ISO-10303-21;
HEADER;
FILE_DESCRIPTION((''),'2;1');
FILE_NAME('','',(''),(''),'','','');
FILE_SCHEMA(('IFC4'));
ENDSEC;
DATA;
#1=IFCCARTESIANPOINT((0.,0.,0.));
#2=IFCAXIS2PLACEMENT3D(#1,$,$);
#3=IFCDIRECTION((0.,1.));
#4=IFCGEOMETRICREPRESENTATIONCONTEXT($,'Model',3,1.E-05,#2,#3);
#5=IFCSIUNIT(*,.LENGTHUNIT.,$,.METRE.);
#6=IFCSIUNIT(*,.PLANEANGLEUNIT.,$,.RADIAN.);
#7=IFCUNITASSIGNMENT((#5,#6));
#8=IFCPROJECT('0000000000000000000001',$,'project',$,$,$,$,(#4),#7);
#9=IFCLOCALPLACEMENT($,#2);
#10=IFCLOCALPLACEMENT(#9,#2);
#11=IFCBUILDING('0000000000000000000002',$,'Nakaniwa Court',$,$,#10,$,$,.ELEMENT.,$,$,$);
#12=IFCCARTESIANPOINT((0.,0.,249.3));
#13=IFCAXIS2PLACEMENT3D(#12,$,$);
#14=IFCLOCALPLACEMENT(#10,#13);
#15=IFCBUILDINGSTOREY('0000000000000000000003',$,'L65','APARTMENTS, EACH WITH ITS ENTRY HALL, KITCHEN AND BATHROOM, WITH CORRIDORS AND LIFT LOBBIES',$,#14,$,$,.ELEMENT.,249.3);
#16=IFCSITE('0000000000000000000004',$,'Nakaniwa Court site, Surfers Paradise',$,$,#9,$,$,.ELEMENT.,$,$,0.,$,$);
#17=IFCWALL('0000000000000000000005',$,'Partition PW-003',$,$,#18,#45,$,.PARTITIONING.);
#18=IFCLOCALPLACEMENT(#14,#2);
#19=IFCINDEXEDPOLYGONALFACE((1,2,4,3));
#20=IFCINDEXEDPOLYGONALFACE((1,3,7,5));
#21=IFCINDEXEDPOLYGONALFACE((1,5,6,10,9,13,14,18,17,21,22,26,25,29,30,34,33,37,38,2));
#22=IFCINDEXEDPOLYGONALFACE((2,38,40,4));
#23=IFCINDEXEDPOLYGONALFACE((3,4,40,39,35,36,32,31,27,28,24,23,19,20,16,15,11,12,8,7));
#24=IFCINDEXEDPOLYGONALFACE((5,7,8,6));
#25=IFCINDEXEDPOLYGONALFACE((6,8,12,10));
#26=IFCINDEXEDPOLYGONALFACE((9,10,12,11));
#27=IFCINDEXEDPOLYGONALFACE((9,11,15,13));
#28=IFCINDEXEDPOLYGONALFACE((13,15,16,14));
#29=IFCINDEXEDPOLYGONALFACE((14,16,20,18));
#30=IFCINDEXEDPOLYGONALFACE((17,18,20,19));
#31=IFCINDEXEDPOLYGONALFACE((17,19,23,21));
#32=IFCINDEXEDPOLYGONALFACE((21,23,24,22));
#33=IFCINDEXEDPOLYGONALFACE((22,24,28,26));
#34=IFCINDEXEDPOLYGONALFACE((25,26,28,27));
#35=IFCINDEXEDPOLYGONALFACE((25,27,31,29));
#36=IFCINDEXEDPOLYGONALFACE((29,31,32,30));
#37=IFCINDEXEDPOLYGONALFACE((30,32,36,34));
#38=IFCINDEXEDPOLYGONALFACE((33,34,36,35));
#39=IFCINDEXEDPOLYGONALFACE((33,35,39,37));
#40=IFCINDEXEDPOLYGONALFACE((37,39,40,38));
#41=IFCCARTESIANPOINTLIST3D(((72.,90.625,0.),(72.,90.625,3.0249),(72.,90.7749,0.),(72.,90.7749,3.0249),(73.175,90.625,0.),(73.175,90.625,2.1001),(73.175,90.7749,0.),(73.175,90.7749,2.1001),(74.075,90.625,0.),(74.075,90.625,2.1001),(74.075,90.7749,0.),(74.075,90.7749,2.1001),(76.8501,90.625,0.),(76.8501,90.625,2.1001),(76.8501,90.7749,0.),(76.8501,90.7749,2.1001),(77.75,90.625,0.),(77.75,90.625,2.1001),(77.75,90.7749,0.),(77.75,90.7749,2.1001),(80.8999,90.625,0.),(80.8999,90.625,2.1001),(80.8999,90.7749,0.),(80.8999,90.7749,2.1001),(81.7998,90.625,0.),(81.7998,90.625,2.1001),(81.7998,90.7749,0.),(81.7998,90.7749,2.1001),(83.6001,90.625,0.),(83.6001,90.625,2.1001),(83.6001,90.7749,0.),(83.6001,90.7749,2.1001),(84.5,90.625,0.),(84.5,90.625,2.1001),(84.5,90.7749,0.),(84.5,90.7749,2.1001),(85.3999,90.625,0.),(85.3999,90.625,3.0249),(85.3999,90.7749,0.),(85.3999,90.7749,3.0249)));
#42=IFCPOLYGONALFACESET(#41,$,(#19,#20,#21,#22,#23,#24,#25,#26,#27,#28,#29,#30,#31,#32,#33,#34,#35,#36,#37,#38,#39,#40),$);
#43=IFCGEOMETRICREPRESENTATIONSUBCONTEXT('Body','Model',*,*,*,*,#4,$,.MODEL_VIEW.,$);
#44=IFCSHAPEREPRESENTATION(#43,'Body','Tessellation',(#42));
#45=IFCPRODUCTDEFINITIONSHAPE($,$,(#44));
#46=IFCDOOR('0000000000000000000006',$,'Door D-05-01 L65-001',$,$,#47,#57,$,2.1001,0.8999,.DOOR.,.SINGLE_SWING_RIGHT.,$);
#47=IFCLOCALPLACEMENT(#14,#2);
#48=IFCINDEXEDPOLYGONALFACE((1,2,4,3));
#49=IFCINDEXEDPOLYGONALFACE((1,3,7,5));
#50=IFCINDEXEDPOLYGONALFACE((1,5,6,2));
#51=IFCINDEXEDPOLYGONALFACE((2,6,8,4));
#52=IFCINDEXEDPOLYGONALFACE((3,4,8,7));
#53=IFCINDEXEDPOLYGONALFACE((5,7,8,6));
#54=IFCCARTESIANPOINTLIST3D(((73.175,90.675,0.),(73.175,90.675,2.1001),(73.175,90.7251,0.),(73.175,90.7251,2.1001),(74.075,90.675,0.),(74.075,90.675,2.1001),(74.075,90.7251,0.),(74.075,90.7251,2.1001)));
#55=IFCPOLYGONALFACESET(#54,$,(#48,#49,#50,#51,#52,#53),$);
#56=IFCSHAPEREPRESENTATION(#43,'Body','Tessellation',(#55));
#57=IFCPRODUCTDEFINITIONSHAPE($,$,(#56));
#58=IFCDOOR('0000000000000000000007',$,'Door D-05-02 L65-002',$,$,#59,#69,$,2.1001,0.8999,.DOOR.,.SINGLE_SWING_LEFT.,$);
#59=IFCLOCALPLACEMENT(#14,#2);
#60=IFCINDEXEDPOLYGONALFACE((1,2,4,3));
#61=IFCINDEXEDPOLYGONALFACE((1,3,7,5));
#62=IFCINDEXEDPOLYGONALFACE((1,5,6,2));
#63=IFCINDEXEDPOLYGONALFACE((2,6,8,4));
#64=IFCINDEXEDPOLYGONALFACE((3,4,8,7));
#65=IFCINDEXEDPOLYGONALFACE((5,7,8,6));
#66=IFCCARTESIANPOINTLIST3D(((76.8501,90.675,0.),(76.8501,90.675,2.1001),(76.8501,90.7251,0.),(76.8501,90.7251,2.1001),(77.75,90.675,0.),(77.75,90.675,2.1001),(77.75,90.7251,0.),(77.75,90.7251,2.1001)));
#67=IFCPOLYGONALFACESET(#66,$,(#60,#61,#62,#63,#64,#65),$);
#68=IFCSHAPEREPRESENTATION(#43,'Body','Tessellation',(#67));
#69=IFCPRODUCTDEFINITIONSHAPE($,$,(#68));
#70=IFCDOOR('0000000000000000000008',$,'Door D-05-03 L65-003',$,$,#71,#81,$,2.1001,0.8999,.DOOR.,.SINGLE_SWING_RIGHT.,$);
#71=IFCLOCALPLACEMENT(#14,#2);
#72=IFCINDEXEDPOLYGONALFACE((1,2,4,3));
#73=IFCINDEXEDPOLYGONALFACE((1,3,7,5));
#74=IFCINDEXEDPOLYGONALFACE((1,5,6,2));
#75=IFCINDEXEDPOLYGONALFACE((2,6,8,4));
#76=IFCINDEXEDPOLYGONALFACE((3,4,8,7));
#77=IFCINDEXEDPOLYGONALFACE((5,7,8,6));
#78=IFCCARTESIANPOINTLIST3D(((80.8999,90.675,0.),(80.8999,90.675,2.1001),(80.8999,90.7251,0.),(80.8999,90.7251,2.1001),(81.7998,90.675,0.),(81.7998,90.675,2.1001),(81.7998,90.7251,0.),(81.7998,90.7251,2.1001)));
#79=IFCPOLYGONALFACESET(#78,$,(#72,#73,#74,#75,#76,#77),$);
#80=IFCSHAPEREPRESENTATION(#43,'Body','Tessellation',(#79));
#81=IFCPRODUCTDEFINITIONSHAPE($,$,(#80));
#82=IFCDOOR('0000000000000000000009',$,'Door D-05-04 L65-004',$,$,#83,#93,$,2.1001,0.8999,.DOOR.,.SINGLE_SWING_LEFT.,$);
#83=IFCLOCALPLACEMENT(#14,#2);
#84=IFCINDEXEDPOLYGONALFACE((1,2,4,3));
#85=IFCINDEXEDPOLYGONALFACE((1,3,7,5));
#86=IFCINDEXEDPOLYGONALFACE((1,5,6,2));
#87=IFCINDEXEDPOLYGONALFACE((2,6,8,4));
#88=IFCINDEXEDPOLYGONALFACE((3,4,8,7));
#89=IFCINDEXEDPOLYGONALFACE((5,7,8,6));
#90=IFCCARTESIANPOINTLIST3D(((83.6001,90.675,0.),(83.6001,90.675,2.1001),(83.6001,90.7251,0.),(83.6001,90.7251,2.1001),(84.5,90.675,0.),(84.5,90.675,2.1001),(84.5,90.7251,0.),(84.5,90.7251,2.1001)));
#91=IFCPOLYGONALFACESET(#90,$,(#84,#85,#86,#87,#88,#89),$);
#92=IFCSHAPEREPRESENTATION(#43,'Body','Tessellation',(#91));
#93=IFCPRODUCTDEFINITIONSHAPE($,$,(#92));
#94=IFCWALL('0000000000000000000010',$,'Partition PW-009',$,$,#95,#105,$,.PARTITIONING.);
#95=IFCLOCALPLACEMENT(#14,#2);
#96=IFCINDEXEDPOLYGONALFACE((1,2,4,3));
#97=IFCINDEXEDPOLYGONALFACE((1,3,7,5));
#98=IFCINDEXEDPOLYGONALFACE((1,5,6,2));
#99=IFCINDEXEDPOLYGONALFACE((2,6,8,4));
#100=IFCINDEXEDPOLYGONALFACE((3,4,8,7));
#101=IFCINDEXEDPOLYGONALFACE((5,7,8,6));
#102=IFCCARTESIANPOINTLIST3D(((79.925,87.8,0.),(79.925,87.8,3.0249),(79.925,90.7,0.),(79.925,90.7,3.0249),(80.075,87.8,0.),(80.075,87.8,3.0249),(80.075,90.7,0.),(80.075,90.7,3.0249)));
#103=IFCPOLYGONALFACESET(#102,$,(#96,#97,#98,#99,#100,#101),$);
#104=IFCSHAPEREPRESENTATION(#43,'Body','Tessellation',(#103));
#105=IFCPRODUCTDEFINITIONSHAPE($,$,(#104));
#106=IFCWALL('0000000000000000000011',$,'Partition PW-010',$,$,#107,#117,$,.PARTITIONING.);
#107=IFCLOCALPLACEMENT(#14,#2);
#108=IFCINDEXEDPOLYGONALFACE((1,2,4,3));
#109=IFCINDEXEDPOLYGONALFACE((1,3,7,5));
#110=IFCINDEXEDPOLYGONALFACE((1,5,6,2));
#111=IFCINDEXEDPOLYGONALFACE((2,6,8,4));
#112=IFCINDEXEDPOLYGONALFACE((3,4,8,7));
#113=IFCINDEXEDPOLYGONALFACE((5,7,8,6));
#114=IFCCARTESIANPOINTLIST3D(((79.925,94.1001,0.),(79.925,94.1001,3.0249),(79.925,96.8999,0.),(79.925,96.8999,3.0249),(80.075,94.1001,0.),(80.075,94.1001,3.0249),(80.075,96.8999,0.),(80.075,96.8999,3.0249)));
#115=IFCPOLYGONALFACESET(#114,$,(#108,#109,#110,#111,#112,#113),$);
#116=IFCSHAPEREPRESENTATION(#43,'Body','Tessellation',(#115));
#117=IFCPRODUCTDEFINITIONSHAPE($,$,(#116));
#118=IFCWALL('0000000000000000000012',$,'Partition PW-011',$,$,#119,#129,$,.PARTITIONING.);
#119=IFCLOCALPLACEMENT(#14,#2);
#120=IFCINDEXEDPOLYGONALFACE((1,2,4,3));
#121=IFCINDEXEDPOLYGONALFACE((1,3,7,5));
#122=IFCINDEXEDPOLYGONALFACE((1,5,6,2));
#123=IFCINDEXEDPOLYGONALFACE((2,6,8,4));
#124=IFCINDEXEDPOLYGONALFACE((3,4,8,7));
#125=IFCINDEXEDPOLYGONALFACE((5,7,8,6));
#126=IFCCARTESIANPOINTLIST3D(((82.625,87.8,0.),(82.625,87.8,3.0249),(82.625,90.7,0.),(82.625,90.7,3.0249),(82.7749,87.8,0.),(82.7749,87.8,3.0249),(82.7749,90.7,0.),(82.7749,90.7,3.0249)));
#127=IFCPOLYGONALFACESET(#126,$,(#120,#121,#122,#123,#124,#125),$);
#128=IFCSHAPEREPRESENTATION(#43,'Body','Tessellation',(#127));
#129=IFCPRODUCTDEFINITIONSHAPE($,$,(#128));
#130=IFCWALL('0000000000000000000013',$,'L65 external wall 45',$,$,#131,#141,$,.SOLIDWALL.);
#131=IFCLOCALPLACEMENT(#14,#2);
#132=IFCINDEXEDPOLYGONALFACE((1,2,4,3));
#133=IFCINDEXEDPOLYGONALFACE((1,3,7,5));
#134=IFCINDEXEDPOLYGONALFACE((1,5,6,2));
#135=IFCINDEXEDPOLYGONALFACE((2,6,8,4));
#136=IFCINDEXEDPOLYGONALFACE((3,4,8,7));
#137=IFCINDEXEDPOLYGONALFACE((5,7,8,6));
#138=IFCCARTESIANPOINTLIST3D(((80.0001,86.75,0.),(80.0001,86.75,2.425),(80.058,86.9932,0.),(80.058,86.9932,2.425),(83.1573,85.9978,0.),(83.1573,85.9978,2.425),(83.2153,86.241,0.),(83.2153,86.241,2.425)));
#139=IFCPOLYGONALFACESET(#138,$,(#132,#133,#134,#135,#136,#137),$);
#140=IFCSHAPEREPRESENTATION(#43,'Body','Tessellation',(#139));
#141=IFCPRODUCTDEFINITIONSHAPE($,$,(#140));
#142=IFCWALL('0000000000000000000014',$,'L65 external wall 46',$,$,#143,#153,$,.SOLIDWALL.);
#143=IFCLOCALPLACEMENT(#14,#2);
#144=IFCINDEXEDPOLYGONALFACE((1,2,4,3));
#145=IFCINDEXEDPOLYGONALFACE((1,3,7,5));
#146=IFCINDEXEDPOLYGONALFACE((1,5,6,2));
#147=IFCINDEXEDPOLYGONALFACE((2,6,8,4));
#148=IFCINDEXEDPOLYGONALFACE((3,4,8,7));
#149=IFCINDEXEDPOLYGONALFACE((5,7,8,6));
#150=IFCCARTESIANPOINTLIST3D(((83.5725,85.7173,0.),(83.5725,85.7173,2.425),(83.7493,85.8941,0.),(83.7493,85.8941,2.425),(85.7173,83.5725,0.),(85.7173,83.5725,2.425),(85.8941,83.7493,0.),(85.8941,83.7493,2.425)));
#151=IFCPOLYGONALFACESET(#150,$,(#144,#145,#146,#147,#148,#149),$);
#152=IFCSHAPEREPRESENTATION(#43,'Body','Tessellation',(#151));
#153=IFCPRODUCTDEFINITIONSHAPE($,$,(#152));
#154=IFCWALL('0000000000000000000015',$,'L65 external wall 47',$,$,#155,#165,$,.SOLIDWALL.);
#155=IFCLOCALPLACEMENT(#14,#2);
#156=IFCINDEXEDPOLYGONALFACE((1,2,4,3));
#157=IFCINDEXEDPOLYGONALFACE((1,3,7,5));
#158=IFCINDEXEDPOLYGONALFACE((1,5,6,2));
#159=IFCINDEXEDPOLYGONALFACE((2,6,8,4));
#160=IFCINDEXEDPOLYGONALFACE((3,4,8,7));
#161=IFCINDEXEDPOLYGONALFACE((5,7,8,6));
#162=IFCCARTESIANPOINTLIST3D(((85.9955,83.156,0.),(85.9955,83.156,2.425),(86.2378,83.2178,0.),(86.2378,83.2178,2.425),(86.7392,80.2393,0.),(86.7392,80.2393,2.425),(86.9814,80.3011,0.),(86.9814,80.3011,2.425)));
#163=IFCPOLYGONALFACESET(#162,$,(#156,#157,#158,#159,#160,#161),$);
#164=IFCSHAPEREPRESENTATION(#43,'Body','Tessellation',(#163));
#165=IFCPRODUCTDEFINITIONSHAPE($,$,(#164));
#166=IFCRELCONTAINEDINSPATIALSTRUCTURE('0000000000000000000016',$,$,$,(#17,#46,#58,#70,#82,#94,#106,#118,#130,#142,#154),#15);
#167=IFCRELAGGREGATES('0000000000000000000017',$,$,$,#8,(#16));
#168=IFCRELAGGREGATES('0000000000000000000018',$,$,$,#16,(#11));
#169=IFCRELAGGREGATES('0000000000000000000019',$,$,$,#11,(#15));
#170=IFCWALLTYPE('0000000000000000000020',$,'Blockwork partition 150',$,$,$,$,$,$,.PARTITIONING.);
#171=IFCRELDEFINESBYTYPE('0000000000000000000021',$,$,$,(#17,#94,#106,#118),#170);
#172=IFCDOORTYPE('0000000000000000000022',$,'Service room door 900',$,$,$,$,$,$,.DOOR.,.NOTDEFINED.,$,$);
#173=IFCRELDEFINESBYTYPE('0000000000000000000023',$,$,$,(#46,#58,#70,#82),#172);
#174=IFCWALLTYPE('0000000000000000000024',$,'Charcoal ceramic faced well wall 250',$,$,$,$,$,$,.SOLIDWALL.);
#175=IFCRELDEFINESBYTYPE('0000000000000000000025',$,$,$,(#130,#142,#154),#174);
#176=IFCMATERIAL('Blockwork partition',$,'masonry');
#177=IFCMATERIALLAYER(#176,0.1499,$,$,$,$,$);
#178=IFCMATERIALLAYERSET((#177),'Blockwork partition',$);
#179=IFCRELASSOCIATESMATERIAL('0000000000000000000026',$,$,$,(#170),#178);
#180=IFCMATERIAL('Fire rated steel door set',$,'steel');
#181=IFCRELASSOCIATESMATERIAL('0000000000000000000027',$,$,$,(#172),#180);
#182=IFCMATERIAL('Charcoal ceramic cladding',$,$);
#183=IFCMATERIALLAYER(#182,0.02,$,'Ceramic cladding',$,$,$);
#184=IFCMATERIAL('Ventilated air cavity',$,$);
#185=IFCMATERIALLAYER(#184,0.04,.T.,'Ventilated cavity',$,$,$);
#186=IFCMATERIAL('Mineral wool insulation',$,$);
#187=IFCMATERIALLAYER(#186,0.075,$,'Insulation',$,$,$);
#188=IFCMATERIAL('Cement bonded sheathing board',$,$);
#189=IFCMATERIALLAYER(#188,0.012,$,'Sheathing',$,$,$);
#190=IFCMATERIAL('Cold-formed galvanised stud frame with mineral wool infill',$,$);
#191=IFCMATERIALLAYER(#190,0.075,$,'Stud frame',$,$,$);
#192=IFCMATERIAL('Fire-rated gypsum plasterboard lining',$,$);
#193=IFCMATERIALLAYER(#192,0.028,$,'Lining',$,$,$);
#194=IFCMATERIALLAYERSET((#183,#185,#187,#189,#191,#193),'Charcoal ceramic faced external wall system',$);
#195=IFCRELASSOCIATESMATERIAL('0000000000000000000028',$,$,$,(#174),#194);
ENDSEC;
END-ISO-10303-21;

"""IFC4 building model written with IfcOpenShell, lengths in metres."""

from ifc_helpers import new_model, si_unit, direction, frame, frame_2d, origin, place, context, subcontext, project, spatial, rectangle, extrude, material, layer, layer_set, type_object, element, fill, save


model = new_model("IFC4")

# Units and contexts
model_context = context("Model", 3, precision=1e-05, world=origin(), true_north=direction((0.0, 1.0)))
body_context = subcontext(model_context, "Body", "Model", "MODEL_VIEW")
ifc_project = project(units=[si_unit("LENGTHUNIT", "METRE"), si_unit("PLANEANGLEUNIT", "RADIAN")], contexts=[model_context])

# Site, building, storey
site_placement = place(None, origin())
site = spatial("IfcSite", under=ifc_project, at=site_placement, Name="Nakaniwa Court site, Surfers Paradise", CompositionType="ELEMENT", RefElevation=0.0)
building_placement = place(site_placement, origin())
building = spatial("IfcBuilding", under=site, at=building_placement, Name="Nakaniwa Court", CompositionType="ELEMENT")
storey_placement = place(building_placement, frame((0.0, 0.0, 249.3)))
storey = spatial("IfcBuildingStorey", under=building, at=storey_placement, Name="L65", Description="APARTMENTS, EACH WITH ITS ENTRY HALL, KITCHEN AND BATHROOM, WITH CORRIDORS AND LIFT LOBBIES", CompositionType="ELEMENT", Elevation=249.3)

# Wall, openings, doors
ifc_material_1 = material(Name="Blockwork partition", Category="masonry")
ifc_layer_1 = layer(ifc_material_1, 0.1499)
ifc_layer_set_1 = layer_set([ifc_layer_1], Name="Blockwork partition")
wall_type_1 = type_object("IfcWallType", Name="Blockwork partition 150", PredefinedType="PARTITIONING", material=ifc_layer_set_1)
wall_1_placement = place(storey_placement, frame((85.3999, 90.7, 0.0), z_axis=(0.0, 0.0, 1.0), x_axis=(-1.0, 0.0, 0.0)))
wall_1 = element("IfcWall", 1, at=wall_1_placement, inside=storey, type_object=wall_type_1, Name="Partition PW-003", PredefinedType="PARTITIONING", context=body_context, shape_type="SweptSolid", body=[
    extrude(rectangle(XDim=13.3999, YDim=0.1499, at=frame_2d((6.7, 0.0))), origin(), (0.0, 0.0, 1.0), 3.0249),
])
opening_1_placement = place(wall_1_placement, frame((11.325, 0.0, 0.0)))
opening_1 = element("IfcOpeningElement", 2, at=opening_1_placement, cuts=wall_1, PredefinedType="OPENING", context=body_context, shape_type="SweptSolid", body=[
    extrude(rectangle(XDim=0.8999, YDim=2.1001, at=frame_2d((0.45, 1.05))), frame((0.0, 0.085, 0.0), z_axis=(0.0, -1.0, 0.0), x_axis=(1.0, 0.0, 0.0)), (0.0, 0.0, 1.0), 0.1699),
])
opening_2_placement = place(wall_1_placement, frame((7.6499, 0.0, 0.0)))
opening_2 = element("IfcOpeningElement", 3, at=opening_2_placement, cuts=wall_1, PredefinedType="OPENING", context=body_context, shape_type="SweptSolid", body=[
    extrude(rectangle(XDim=0.8999, YDim=2.1001, at=frame_2d((0.45, 1.05))), frame((0.0, 0.085, 0.0), z_axis=(0.0, -1.0, 0.0), x_axis=(1.0, 0.0, 0.0)), (0.0, 0.0, 1.0), 0.1699),
])
opening_3_placement = place(wall_1_placement, frame((3.6001, 0.0, 0.0)))
opening_3 = element("IfcOpeningElement", 4, at=opening_3_placement, cuts=wall_1, PredefinedType="OPENING", context=body_context, shape_type="SweptSolid", body=[
    extrude(rectangle(XDim=0.8999, YDim=2.1001, at=frame_2d((0.45, 1.05))), frame((0.0, 0.085, 0.0), z_axis=(0.0, -1.0, 0.0), x_axis=(1.0, 0.0, 0.0)), (0.0, 0.0, 1.0), 0.1699),
])
opening_4_placement = place(wall_1_placement, frame((0.8999, 0.0, 0.0)))
opening_4 = element("IfcOpeningElement", 5, at=opening_4_placement, cuts=wall_1, PredefinedType="OPENING", context=body_context, shape_type="SweptSolid", body=[
    extrude(rectangle(XDim=0.8999, YDim=2.1001, at=frame_2d((0.45, 1.05))), frame((0.0, 0.085, 0.0), z_axis=(0.0, -1.0, 0.0), x_axis=(1.0, 0.0, 0.0)), (0.0, 0.0, 1.0), 0.1699),
])
ifc_material_2 = material(Name="Fire rated steel door set", Category="steel")
door_type_1 = type_object("IfcDoorType", Name="Service room door 900", OperationType="NOTDEFINED", PredefinedType="DOOR", material=ifc_material_2)
door_1_placement = place(opening_1_placement, origin())
door_1 = element("IfcDoor", 6, at=door_1_placement, inside=storey, type_object=door_type_1, Name="Door D-05-01 L65-001", OperationType="SINGLE_SWING_RIGHT", OverallHeight=2.1001, OverallWidth=0.8999, PredefinedType="DOOR", context=body_context, shape_type="SweptSolid", body=[
    extrude(rectangle(XDim=0.8999, YDim=2.1001, at=frame_2d((0.45, 1.05))), frame((0.0, 0.0249, 0.0), z_axis=(0.0, -1.0, 0.0), x_axis=(1.0, 0.0, 0.0)), (0.0, 0.0, 1.0), 0.05),
])
fill(opening_1, door_1)
door_2_placement = place(opening_2_placement, origin())
door_2 = element("IfcDoor", 7, at=door_2_placement, inside=storey, type_object=door_type_1, Name="Door D-05-02 L65-002", OperationType="SINGLE_SWING_LEFT", OverallHeight=2.1001, OverallWidth=0.8999, PredefinedType="DOOR", context=body_context, shape_type="SweptSolid", body=[
    extrude(rectangle(XDim=0.8999, YDim=2.1001, at=frame_2d((0.45, 1.05))), frame((0.0, 0.0249, 0.0), z_axis=(0.0, -1.0, 0.0), x_axis=(1.0, 0.0, 0.0)), (0.0, 0.0, 1.0), 0.05),
])
fill(opening_2, door_2)
door_3_placement = place(opening_3_placement, origin())
door_3 = element("IfcDoor", 8, at=door_3_placement, inside=storey, type_object=door_type_1, Name="Door D-05-03 L65-003", OperationType="SINGLE_SWING_RIGHT", OverallHeight=2.1001, OverallWidth=0.8999, PredefinedType="DOOR", context=body_context, shape_type="SweptSolid", body=[
    extrude(rectangle(XDim=0.8999, YDim=2.1001, at=frame_2d((0.45, 1.05))), frame((0.0, 0.0249, 0.0), z_axis=(0.0, -1.0, 0.0), x_axis=(1.0, 0.0, 0.0)), (0.0, 0.0, 1.0), 0.05),
])
fill(opening_3, door_3)
door_4_placement = place(opening_4_placement, origin())
door_4 = element("IfcDoor", 9, at=door_4_placement, inside=storey, type_object=door_type_1, Name="Door D-05-04 L65-004", OperationType="SINGLE_SWING_LEFT", OverallHeight=2.1001, OverallWidth=0.8999, PredefinedType="DOOR", context=body_context, shape_type="SweptSolid", body=[
    extrude(rectangle(XDim=0.8999, YDim=2.1001, at=frame_2d((0.45, 1.05))), frame((0.0, 0.0249, 0.0), z_axis=(0.0, -1.0, 0.0), x_axis=(1.0, 0.0, 0.0)), (0.0, 0.0, 1.0), 0.05),
])
fill(opening_4, door_4)

# Walls
wall_2_placement = place(storey_placement, frame((80.0, 87.8, 0.0), z_axis=(0.0, 0.0, 1.0), x_axis=(0.0, 1.0, 0.0)))
element("IfcWall", 10, at=wall_2_placement, inside=storey, type_object=wall_type_1, Name="Partition PW-009", PredefinedType="PARTITIONING", context=body_context, shape_type="SweptSolid", body=[
    extrude(rectangle(XDim=2.8999, YDim=0.1499, at=frame_2d((1.45, 0.0))), origin(), (0.0, 0.0, 1.0), 3.0249),
])
wall_3_placement = place(storey_placement, frame((80.0, 94.1001, 0.0), z_axis=(0.0, 0.0, 1.0), x_axis=(0.0, 1.0, 0.0)))
element("IfcWall", 11, at=wall_3_placement, inside=storey, type_object=wall_type_1, Name="Partition PW-010", PredefinedType="PARTITIONING", context=body_context, shape_type="SweptSolid", body=[
    extrude(rectangle(XDim=2.7998, YDim=0.1499, at=frame_2d((1.3999, 0.0))), origin(), (0.0, 0.0, 1.0), 3.0249),
])
wall_4_placement = place(storey_placement, frame((82.7, 87.8, 0.0), z_axis=(0.0, 0.0, 1.0), x_axis=(0.0, 1.0, 0.0)))
element("IfcWall", 12, at=wall_4_placement, inside=storey, type_object=wall_type_1, Name="Partition PW-011", PredefinedType="PARTITIONING", context=body_context, shape_type="SweptSolid", body=[
    extrude(rectangle(XDim=2.8999, YDim=0.1499, at=frame_2d((1.45, 0.0))), origin(), (0.0, 0.0, 1.0), 3.0249),
])
ifc_material_3 = material(Name="Charcoal ceramic cladding")
ifc_layer_2 = layer(ifc_material_3, 0.02, Name="Ceramic cladding")
ifc_material_4 = material(Name="Ventilated air cavity")
ifc_layer_3 = layer(ifc_material_4, 0.04, ventilated=True, Name="Ventilated cavity")
ifc_material_5 = material(Name="Mineral wool insulation")
ifc_layer_4 = layer(ifc_material_5, 0.075, Name="Insulation")
ifc_material_6 = material(Name="Cement bonded sheathing board")
ifc_layer_5 = layer(ifc_material_6, 0.012, Name="Sheathing")
ifc_material_7 = material(Name="Cold-formed galvanised stud frame with mineral wool infill")
ifc_layer_6 = layer(ifc_material_7, 0.075, Name="Stud frame")
ifc_material_8 = material(Name="Fire-rated gypsum plasterboard lining")
ifc_layer_7 = layer(ifc_material_8, 0.028, Name="Lining")
ifc_layer_set_2 = layer_set([ifc_layer_2, ifc_layer_3, ifc_layer_4, ifc_layer_5, ifc_layer_6, ifc_layer_7], Name="Charcoal ceramic faced external wall system")
wall_type_2 = type_object("IfcWallType", Name="Charcoal ceramic faced well wall 250", PredefinedType="SOLIDWALL", material=ifc_layer_set_2)
wall_5_placement = place(storey_placement, frame((80.0291, 86.8716, 0.0), z_axis=(0.0, 0.0, 1.0), x_axis=(0.972773, -0.23176, 0.0)))
element("IfcWall", 13, at=wall_5_placement, inside=storey, type_object=wall_type_2, Name="L65 external wall 45", PredefinedType="SOLIDWALL", context=body_context, shape_type="SweptSolid", body=[
    extrude(rectangle(XDim=3.2456, YDim=0.25, at=frame_2d((1.6228, 0.0))), origin(), (0.0, 0.0, 1.0), 2.425),
])
wall_6_placement = place(storey_placement, frame((83.6609, 85.8057, 0.0), z_axis=(0.0, 0.0, 1.0), x_axis=(0.707107, -0.707107, 0.0)))
element("IfcWall", 14, at=wall_6_placement, inside=storey, type_object=wall_type_2, Name="L65 external wall 46", PredefinedType="SOLIDWALL", context=body_context, shape_type="SweptSolid", body=[
    extrude(rectangle(XDim=3.0332, YDim=0.25, at=frame_2d((1.5166, 0.0))), origin(), (0.0, 0.0, 1.0), 2.425),
])
wall_7_placement = place(storey_placement, frame((86.1167, 83.1868, 0.0), z_axis=(0.0, 0.0, 1.0), x_axis=(0.247056, -0.969001, 0.0)))
element("IfcWall", 15, at=wall_7_placement, inside=storey, type_object=wall_type_2, Name="L65 external wall 47", PredefinedType="SOLIDWALL", context=body_context, shape_type="SweptSolid", body=[
    extrude(rectangle(XDim=3.01, YDim=0.25, at=frame_2d((1.5049, 0.0))), origin(), (0.0, 0.0, 1.0), 2.425),
])

save(model, "model.ifc")
